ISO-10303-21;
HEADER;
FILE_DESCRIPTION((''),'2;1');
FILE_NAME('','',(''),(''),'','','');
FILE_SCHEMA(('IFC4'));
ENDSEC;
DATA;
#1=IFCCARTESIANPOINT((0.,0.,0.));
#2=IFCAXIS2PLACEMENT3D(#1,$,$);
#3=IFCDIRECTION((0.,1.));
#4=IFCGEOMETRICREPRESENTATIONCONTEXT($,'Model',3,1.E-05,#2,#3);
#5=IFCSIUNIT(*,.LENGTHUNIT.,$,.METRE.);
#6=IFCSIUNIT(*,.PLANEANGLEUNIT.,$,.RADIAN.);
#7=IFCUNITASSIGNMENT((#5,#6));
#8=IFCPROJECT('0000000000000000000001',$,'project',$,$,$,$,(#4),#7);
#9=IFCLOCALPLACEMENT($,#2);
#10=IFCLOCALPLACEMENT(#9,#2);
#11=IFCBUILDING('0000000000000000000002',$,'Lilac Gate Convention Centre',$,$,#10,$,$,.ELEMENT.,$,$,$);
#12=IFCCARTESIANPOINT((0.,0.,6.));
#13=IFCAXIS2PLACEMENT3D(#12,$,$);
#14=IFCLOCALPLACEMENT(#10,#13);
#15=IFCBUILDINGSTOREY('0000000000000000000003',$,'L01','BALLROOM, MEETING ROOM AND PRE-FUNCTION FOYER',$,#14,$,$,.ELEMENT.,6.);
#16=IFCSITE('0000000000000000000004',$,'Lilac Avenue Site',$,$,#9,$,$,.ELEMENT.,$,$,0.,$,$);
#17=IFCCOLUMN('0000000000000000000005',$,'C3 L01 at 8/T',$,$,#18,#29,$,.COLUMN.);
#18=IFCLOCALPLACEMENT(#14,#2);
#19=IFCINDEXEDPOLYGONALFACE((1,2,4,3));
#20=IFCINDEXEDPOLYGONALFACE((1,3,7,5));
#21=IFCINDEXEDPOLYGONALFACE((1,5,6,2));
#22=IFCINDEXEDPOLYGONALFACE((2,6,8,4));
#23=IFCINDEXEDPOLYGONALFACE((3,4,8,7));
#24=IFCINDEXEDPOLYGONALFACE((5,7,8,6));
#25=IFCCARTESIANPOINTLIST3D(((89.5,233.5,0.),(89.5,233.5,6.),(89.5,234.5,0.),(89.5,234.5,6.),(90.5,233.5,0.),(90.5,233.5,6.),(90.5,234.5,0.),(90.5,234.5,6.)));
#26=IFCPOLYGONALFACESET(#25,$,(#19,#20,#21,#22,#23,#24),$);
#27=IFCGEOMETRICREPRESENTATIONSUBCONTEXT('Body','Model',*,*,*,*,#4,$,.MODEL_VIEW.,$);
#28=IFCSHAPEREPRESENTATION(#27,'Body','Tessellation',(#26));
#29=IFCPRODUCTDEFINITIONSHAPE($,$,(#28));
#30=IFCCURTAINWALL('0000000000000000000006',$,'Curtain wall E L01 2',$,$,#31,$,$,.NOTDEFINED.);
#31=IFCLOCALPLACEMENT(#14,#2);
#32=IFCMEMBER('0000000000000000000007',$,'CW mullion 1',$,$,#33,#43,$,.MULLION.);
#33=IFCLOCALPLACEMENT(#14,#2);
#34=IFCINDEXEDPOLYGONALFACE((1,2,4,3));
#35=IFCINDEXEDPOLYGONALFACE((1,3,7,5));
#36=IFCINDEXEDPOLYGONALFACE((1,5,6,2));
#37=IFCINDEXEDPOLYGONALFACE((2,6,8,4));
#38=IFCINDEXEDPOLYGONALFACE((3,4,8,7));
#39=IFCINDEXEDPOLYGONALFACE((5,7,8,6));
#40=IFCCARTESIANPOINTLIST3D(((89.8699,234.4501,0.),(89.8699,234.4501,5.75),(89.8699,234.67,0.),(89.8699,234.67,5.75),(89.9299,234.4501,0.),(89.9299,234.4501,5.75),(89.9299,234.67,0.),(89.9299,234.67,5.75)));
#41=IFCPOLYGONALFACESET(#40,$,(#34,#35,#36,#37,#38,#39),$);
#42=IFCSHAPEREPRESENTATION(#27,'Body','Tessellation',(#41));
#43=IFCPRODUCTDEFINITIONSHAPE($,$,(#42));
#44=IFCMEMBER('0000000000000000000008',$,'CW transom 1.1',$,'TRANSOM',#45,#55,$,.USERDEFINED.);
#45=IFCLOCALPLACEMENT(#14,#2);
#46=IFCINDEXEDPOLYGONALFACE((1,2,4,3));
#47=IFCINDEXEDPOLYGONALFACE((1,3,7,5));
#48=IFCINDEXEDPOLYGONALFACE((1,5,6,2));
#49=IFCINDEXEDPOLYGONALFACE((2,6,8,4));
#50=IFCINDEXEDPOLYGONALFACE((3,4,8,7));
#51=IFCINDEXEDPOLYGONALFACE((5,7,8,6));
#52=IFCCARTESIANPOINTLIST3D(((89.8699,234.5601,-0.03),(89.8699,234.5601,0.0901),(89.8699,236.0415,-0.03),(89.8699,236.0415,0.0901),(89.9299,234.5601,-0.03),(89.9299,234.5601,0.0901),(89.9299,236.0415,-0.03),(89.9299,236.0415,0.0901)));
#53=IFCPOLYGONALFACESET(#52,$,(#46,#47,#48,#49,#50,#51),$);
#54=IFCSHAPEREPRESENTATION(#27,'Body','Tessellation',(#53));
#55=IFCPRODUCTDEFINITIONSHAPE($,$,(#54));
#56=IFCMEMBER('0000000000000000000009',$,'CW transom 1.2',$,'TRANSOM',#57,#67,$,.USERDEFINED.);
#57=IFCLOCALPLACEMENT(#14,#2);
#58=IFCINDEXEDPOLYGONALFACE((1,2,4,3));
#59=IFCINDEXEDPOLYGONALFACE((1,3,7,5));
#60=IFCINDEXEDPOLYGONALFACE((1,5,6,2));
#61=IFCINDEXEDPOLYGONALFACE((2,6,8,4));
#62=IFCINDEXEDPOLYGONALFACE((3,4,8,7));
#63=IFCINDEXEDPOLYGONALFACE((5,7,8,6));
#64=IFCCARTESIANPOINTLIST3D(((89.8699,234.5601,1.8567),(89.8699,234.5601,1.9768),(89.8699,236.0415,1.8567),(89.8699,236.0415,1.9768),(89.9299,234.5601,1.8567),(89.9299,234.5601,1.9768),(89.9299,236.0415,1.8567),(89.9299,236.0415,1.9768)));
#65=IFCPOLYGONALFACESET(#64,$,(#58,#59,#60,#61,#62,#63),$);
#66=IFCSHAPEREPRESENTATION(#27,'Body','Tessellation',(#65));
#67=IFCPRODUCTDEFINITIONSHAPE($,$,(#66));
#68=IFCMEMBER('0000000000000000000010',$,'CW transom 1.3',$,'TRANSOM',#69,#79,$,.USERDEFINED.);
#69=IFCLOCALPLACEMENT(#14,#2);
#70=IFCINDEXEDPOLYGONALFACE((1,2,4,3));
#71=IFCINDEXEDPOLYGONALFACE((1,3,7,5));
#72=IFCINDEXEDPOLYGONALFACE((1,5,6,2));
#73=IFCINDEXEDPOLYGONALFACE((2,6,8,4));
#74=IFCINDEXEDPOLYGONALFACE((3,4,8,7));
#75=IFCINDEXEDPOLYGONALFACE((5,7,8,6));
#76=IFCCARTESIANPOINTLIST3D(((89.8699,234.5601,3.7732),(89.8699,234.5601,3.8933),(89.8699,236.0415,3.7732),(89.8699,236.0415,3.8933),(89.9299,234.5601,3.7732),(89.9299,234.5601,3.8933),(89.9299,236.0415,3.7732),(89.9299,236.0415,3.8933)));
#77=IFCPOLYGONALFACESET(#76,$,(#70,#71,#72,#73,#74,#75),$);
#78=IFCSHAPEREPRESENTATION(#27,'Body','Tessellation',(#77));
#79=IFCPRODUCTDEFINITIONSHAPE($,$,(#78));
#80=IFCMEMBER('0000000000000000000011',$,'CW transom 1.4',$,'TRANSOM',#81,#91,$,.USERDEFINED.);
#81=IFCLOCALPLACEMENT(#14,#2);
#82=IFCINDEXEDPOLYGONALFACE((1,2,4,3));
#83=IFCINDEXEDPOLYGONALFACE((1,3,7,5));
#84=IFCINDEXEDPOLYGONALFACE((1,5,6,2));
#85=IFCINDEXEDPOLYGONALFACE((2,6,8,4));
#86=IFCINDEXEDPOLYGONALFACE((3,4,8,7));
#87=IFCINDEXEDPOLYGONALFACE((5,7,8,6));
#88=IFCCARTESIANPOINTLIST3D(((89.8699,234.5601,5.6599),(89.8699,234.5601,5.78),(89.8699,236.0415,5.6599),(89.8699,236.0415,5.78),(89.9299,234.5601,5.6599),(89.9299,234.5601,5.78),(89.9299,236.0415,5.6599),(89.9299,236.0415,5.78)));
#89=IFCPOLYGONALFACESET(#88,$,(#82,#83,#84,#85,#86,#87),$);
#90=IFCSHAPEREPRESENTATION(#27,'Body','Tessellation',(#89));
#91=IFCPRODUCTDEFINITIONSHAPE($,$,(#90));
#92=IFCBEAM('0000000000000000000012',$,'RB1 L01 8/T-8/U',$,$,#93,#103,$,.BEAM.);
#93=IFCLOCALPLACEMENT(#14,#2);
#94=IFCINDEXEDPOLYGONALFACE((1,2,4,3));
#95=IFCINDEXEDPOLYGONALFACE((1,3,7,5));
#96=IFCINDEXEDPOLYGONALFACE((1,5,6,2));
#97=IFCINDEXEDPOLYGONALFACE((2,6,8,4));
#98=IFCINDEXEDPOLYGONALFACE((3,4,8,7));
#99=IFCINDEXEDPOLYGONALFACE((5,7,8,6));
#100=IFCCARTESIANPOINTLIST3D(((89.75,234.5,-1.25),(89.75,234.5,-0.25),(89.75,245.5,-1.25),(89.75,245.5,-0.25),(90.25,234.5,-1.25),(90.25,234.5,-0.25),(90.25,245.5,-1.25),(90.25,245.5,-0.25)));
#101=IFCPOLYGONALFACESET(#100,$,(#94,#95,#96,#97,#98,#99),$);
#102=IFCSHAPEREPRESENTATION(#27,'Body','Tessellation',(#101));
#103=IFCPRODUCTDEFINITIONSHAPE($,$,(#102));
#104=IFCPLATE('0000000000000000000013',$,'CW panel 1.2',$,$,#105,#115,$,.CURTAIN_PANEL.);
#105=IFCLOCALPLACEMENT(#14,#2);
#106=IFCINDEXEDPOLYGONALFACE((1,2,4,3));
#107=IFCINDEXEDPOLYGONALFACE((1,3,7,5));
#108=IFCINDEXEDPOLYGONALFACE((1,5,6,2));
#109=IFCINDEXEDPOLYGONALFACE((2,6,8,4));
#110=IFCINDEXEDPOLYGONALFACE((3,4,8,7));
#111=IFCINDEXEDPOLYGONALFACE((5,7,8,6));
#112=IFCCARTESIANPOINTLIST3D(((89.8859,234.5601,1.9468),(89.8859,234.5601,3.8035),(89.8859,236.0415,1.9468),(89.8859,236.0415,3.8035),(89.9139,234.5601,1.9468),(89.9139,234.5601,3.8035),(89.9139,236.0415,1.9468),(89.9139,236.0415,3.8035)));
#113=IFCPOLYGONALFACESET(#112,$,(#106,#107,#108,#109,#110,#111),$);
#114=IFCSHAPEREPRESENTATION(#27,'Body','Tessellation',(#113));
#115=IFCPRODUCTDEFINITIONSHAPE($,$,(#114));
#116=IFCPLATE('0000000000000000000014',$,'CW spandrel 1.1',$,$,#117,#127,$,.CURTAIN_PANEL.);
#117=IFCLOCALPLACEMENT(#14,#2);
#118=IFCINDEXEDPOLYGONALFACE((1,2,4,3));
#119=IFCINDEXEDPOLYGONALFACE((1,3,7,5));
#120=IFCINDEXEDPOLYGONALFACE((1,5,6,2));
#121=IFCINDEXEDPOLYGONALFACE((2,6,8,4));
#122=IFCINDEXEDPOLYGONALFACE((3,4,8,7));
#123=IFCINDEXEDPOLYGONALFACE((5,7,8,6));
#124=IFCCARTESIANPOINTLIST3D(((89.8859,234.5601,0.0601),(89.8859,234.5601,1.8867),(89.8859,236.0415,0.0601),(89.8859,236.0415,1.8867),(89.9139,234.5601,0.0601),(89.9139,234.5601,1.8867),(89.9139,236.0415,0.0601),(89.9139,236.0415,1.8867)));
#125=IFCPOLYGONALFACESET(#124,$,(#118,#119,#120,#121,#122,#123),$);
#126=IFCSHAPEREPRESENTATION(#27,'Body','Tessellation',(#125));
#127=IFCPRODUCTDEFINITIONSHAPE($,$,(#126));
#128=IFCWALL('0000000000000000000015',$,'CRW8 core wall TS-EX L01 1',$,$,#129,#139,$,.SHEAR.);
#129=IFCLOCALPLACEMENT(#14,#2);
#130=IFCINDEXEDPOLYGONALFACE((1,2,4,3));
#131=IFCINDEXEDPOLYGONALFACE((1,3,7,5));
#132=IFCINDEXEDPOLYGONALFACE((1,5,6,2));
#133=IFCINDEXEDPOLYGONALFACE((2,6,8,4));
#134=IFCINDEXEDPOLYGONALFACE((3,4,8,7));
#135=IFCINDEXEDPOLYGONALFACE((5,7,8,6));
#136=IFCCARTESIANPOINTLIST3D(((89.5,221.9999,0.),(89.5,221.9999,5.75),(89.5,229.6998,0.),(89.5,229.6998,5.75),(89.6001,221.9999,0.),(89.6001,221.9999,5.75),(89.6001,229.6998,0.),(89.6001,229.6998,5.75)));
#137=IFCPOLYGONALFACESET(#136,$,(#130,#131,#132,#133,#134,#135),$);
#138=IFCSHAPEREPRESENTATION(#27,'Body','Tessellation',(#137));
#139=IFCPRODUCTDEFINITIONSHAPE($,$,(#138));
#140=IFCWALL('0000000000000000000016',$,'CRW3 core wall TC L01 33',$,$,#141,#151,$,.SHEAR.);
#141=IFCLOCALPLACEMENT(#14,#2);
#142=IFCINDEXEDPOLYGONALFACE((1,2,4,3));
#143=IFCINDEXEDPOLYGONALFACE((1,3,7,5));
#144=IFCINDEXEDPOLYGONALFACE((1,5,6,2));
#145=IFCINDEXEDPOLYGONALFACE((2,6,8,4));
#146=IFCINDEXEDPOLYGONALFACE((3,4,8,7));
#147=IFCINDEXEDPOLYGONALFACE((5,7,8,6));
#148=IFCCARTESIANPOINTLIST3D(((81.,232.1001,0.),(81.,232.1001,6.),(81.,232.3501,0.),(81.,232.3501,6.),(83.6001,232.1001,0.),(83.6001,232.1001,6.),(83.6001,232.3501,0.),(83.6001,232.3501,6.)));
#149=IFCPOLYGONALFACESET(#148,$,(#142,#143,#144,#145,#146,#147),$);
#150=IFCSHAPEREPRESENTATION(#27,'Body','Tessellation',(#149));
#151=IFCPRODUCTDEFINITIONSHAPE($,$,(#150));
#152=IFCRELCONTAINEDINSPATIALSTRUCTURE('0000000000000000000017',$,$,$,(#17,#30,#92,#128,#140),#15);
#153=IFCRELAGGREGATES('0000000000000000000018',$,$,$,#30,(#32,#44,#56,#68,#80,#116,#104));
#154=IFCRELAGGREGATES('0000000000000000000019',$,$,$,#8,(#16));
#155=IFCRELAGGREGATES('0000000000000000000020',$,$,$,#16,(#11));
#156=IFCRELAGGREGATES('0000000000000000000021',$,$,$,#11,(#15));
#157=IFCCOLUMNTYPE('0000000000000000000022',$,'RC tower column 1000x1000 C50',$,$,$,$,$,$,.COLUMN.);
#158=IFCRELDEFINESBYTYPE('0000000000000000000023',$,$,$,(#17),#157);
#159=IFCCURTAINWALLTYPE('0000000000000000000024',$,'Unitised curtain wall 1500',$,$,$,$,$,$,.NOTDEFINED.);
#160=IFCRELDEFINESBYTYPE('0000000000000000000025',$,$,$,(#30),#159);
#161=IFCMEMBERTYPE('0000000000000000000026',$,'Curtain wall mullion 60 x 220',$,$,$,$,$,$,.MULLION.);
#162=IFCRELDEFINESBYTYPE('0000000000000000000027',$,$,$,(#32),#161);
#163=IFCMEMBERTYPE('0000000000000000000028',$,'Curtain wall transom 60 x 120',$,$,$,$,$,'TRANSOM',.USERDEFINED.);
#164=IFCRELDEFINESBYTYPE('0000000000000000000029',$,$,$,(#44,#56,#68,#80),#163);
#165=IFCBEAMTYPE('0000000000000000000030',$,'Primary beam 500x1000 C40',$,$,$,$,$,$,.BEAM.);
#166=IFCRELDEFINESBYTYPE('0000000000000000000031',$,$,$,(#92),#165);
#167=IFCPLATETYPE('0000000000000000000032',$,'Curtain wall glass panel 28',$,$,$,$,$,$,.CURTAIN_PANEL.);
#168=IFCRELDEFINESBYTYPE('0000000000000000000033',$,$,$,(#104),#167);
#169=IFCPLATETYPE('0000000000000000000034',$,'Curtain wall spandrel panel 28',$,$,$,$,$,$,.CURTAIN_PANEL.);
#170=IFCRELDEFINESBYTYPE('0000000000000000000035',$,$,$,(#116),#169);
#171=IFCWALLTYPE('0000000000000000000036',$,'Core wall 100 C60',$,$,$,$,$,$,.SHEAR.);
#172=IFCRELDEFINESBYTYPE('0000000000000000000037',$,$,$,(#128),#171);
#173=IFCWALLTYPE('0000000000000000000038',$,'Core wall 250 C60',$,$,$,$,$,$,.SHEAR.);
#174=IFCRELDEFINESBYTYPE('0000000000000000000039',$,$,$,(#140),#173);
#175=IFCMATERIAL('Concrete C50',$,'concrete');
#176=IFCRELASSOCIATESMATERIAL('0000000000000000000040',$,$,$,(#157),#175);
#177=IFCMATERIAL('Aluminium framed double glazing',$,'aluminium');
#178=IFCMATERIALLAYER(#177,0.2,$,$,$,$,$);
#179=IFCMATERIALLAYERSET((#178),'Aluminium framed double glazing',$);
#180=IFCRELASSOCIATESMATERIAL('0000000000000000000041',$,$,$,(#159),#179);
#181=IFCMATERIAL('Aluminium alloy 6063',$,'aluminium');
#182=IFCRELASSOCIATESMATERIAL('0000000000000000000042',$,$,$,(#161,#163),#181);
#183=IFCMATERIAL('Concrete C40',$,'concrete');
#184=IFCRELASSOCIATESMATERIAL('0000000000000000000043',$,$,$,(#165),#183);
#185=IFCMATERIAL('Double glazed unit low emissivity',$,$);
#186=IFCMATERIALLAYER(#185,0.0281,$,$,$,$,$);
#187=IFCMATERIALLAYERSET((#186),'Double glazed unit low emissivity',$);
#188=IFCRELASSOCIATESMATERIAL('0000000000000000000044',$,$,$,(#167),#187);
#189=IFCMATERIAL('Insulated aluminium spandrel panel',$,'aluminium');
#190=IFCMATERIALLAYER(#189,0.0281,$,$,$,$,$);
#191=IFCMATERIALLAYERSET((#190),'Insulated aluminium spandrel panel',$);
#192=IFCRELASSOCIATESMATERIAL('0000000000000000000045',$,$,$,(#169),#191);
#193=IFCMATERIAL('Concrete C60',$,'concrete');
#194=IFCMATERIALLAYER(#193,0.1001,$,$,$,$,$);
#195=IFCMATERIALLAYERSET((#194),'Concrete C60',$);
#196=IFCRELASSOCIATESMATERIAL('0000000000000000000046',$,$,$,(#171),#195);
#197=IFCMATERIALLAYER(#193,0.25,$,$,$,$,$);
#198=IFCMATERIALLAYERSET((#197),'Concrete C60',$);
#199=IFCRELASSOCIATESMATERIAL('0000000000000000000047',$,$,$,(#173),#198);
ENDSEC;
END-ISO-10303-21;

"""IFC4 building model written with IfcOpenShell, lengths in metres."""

from ifc_helpers import new_model, si_unit, direction, frame, frame_2d, origin, origin_2d, place, context, subcontext, project, spatial, rectangle, extrude, material, layer, layer_set, material_profile, profile_set, type_object, element, aggregate, save


model = new_model("IFC4")

# Units and contexts
model_context = context("Model", 3, precision=1e-05, world=origin(), true_north=direction((0.0, 1.0)))
body_context = subcontext(model_context, "Body", "Model", "MODEL_VIEW")
ifc_project = project(units=[si_unit("LENGTHUNIT", "METRE"), si_unit("PLANEANGLEUNIT", "RADIAN")], contexts=[model_context])

# Site, building, storey
site_placement = place(None, origin())
site = spatial("IfcSite", under=ifc_project, at=site_placement, Name="Lilac Avenue Site", CompositionType="ELEMENT", RefElevation=0.0)
building_placement = place(site_placement, origin())
building = spatial("IfcBuilding", under=site, at=building_placement, Name="Lilac Gate Convention Centre", CompositionType="ELEMENT")
storey_placement = place(building_placement, frame((0.0, 0.0, 6.0)))
storey = spatial("IfcBuildingStorey", under=building, at=storey_placement, Name="L01", Description="BALLROOM, MEETING ROOM AND PRE-FUNCTION FOYER", CompositionType="ELEMENT", Elevation=6.0)

# Column
ifc_material_1 = material(Name="Concrete C50", Category="concrete")
ifc_material_profile_1 = material_profile(ifc_material_1, rectangle(XDim=1.0, YDim=1.0, at=origin_2d()), Name="RC 1000x1000")
ifc_profile_set_1 = profile_set([ifc_material_profile_1], Name="Concrete C50")
column_type = type_object("IfcColumnType", Name="RC tower column 1000x1000 C50", PredefinedType="COLUMN", material=ifc_profile_set_1)
column_placement = place(storey_placement, frame((90.0, 234.0, 0.0), z_axis=(0.0, 0.0, 1.0), x_axis=(1.0, 0.0, 0.0)))
element("IfcColumn", 1, at=column_placement, inside=storey, type_object=column_type, Name="C3 L01 at 8/T", PredefinedType="COLUMN", context=body_context, shape_type="SweptSolid", body=[
    extrude(rectangle(XDim=1.0, YDim=1.0, at=origin_2d()), origin(), (0.0, 0.0, 1.0), 6.0),
])

# Curtain wall, members
ifc_material_2 = material(Name="Aluminium framed double glazing", Category="aluminium")
ifc_layer_1 = layer(ifc_material_2, 0.2)
ifc_layer_set_1 = layer_set([ifc_layer_1], Name="Aluminium framed double glazing")
curtain_wall_type = type_object("IfcCurtainWallType", Name="Unitised curtain wall 1500", PredefinedType="NOTDEFINED", material=ifc_layer_set_1)
curtain_wall_placement = place(storey_placement, origin())
curtain_wall = element("IfcCurtainWall", 2, at=curtain_wall_placement, inside=storey, type_object=curtain_wall_type, Name="Curtain wall E L01 2", PredefinedType="NOTDEFINED")
ifc_material_3 = material(Name="Aluminium alloy 6063", Category="aluminium")
ifc_material_profile_2 = material_profile(ifc_material_3, rectangle(XDim=0.0601, YDim=0.22, at=origin_2d()), Name="Curtain wall mullion 60 x 220")
ifc_profile_set_2 = profile_set([ifc_material_profile_2], Name="Aluminium alloy 6063")
member_type_1 = type_object("IfcMemberType", Name="Curtain wall mullion 60 x 220", PredefinedType="MULLION", material=ifc_profile_set_2)
member_1_placement = place(storey_placement, frame((89.8999, 234.5601, 0.0), z_axis=(0.0, 0.0, 1.0), x_axis=(-1.0, 0.0, 0.0)))
member_1 = element("IfcMember", 3, at=member_1_placement, type_object=member_type_1, Name="CW mullion 1", PredefinedType="MULLION", context=body_context, shape_type="SweptSolid", body=[
    extrude(rectangle(XDim=0.0601, YDim=0.22, at=origin_2d()), origin(), (0.0, 0.0, 1.0), 5.75),
])
ifc_material_profile_3 = material_profile(ifc_material_3, rectangle(XDim=0.0601, YDim=0.1201, at=origin_2d()), Name="Curtain wall transom 60 x 120")
ifc_profile_set_3 = profile_set([ifc_material_profile_3], Name="Aluminium alloy 6063")
member_type_2 = type_object("IfcMemberType", Name="Curtain wall transom 60 x 120", ElementType="TRANSOM", PredefinedType="USERDEFINED", material=ifc_profile_set_3)
member_2_placement = place(storey_placement, frame((89.8999, 234.5601, 0.03), z_axis=(0.0, 1.0, 0.0), x_axis=(-1.0, 0.0, 0.0)))
member_2 = element("IfcMember", 4, at=member_2_placement, type_object=member_type_2, Name="CW transom 1.1", ObjectType="TRANSOM", PredefinedType="USERDEFINED", context=body_context, shape_type="SweptSolid", body=[
    extrude(rectangle(XDim=0.0601, YDim=0.1201, at=origin_2d()), origin(), (0.0, 0.0, 1.0), 1.4814),
])
member_3_placement = place(storey_placement, frame((89.8999, 234.5601, 1.9167), z_axis=(0.0, 1.0, 0.0), x_axis=(-1.0, 0.0, 0.0)))
member_3 = element("IfcMember", 5, at=member_3_placement, type_object=member_type_2, Name="CW transom 1.2", ObjectType="TRANSOM", PredefinedType="USERDEFINED", context=body_context, shape_type="SweptSolid", body=[
    extrude(rectangle(XDim=0.0601, YDim=0.1201, at=origin_2d()), origin(), (0.0, 0.0, 1.0), 1.4814),
])
member_4_placement = place(storey_placement, frame((89.8999, 234.5601, 3.8333), z_axis=(0.0, 1.0, 0.0), x_axis=(-1.0, 0.0, 0.0)))
member_4 = element("IfcMember", 6, at=member_4_placement, type_object=member_type_2, Name="CW transom 1.3", ObjectType="TRANSOM", PredefinedType="USERDEFINED", context=body_context, shape_type="SweptSolid", body=[
    extrude(rectangle(XDim=0.0601, YDim=0.1201, at=origin_2d()), origin(), (0.0, 0.0, 1.0), 1.4814),
])
member_5_placement = place(storey_placement, frame((89.8999, 234.5601, 5.72), z_axis=(0.0, 1.0, 0.0), x_axis=(-1.0, 0.0, 0.0)))
member_5 = element("IfcMember", 7, at=member_5_placement, type_object=member_type_2, Name="CW transom 1.4", ObjectType="TRANSOM", PredefinedType="USERDEFINED", context=body_context, shape_type="SweptSolid", body=[
    extrude(rectangle(XDim=0.0601, YDim=0.1201, at=origin_2d()), origin(), (0.0, 0.0, 1.0), 1.4814),
])

# Beam
ifc_material_4 = material(Name="Concrete C40", Category="concrete")
ifc_material_profile_4 = material_profile(ifc_material_4, rectangle(XDim=0.5, YDim=1.0, at=origin_2d()), Name="RC 500x1000")
ifc_profile_set_4 = profile_set([ifc_material_profile_4], Name="Concrete C40")
beam_type = type_object("IfcBeamType", Name="Primary beam 500x1000 C40", PredefinedType="BEAM", material=ifc_profile_set_4)
beam_placement = place(storey_placement, frame((90.0, 234.5, -0.75), z_axis=(0.0, 1.0, 0.0), x_axis=(-1.0, 0.0, 0.0)))
element("IfcBeam", 8, at=beam_placement, inside=storey, type_object=beam_type, Name="RB1 L01 8/T-8/U", PredefinedType="BEAM", context=body_context, shape_type="SweptSolid", body=[
    extrude(rectangle(XDim=0.5, YDim=1.0, at=origin_2d()), origin(), (0.0, 0.0, 1.0), 11.0),
])

# Plates
ifc_material_5 = material(Name="Double glazed unit low emissivity")
ifc_layer_2 = layer(ifc_material_5, 0.0281)
ifc_layer_set_2 = layer_set([ifc_layer_2], Name="Double glazed unit low emissivity")
plate_type_1 = type_object("IfcPlateType", Name="Curtain wall glass panel 28", PredefinedType="CURTAIN_PANEL", material=ifc_layer_set_2)
plate_1_placement = place(storey_placement, frame((89.8999, 235.3008, 1.9468), z_axis=(0.0, 0.0, 1.0), x_axis=(0.0, 1.0, 0.0)))
plate_1 = element("IfcPlate", 9, at=plate_1_placement, type_object=plate_type_1, Name="CW panel 1.2", PredefinedType="CURTAIN_PANEL", context=body_context, shape_type="SweptSolid", body=[
    extrude(rectangle(XDim=1.4814, YDim=0.0281, at=origin_2d()), origin(), (0.0, 0.0, 1.0), 1.8567),
])
ifc_material_6 = material(Name="Insulated aluminium spandrel panel", Category="aluminium")
ifc_layer_3 = layer(ifc_material_6, 0.0281)
ifc_layer_set_3 = layer_set([ifc_layer_3], Name="Insulated aluminium spandrel panel")
plate_type_2 = type_object("IfcPlateType", Name="Curtain wall spandrel panel 28", PredefinedType="CURTAIN_PANEL", material=ifc_layer_set_3)
plate_2_placement = place(storey_placement, frame((89.8999, 235.3008, 0.0601), z_axis=(0.0, 0.0, 1.0), x_axis=(0.0, 1.0, 0.0)))
plate_2 = element("IfcPlate", 10, at=plate_2_placement, type_object=plate_type_2, Name="CW spandrel 1.1", PredefinedType="CURTAIN_PANEL", context=body_context, shape_type="SweptSolid", body=[
    extrude(rectangle(XDim=1.4814, YDim=0.0281, at=origin_2d()), origin(), (0.0, 0.0, 1.0), 1.8267),
])
aggregate(curtain_wall, [member_1, member_2, member_3, member_4, member_5, plate_2, plate_1])

# Walls
ifc_material_7 = material(Name="Concrete C60", Category="concrete")
ifc_layer_4 = layer(ifc_material_7, 0.1001)
ifc_layer_set_4 = layer_set([ifc_layer_4], Name="Concrete C60")
wall_type_1 = type_object("IfcWallType", Name="Core wall 100 C60", PredefinedType="SHEAR", material=ifc_layer_set_4)
wall_1_placement = place(storey_placement, frame((89.55, 229.7, 0.0), z_axis=(0.0, 0.0, 1.0), x_axis=(0.0, -1.0, 0.0)))
element("IfcWall", 11, at=wall_1_placement, inside=storey, type_object=wall_type_1, Name="CRW8 core wall TS-EX L01 1", PredefinedType="SHEAR", context=body_context, shape_type="SweptSolid", body=[
    extrude(rectangle(XDim=7.7, YDim=0.1001, at=frame_2d((3.8501, 0.0))), origin(), (0.0, 0.0, 1.0), 5.75),
])
ifc_layer_5 = layer(ifc_material_7, 0.25)
ifc_layer_set_5 = layer_set([ifc_layer_5], Name="Concrete C60")
wall_type_2 = type_object("IfcWallType", Name="Core wall 250 C60", PredefinedType="SHEAR", material=ifc_layer_set_5)
wall_2_placement = place(storey_placement, frame((81.0, 232.2251, 0.0), z_axis=(0.0, 0.0, 1.0), x_axis=(1.0, 0.0, 0.0)))
element("IfcWall", 12, at=wall_2_placement, inside=storey, type_object=wall_type_2, Name="CRW3 core wall TC L01 33", PredefinedType="SHEAR", context=body_context, shape_type="SweptSolid", body=[
    extrude(rectangle(XDim=2.6001, YDim=0.25, at=frame_2d((1.3, 0.0))), origin(), (0.0, 0.0, 1.0), 6.0),
])

save(model, "model.ifc")
